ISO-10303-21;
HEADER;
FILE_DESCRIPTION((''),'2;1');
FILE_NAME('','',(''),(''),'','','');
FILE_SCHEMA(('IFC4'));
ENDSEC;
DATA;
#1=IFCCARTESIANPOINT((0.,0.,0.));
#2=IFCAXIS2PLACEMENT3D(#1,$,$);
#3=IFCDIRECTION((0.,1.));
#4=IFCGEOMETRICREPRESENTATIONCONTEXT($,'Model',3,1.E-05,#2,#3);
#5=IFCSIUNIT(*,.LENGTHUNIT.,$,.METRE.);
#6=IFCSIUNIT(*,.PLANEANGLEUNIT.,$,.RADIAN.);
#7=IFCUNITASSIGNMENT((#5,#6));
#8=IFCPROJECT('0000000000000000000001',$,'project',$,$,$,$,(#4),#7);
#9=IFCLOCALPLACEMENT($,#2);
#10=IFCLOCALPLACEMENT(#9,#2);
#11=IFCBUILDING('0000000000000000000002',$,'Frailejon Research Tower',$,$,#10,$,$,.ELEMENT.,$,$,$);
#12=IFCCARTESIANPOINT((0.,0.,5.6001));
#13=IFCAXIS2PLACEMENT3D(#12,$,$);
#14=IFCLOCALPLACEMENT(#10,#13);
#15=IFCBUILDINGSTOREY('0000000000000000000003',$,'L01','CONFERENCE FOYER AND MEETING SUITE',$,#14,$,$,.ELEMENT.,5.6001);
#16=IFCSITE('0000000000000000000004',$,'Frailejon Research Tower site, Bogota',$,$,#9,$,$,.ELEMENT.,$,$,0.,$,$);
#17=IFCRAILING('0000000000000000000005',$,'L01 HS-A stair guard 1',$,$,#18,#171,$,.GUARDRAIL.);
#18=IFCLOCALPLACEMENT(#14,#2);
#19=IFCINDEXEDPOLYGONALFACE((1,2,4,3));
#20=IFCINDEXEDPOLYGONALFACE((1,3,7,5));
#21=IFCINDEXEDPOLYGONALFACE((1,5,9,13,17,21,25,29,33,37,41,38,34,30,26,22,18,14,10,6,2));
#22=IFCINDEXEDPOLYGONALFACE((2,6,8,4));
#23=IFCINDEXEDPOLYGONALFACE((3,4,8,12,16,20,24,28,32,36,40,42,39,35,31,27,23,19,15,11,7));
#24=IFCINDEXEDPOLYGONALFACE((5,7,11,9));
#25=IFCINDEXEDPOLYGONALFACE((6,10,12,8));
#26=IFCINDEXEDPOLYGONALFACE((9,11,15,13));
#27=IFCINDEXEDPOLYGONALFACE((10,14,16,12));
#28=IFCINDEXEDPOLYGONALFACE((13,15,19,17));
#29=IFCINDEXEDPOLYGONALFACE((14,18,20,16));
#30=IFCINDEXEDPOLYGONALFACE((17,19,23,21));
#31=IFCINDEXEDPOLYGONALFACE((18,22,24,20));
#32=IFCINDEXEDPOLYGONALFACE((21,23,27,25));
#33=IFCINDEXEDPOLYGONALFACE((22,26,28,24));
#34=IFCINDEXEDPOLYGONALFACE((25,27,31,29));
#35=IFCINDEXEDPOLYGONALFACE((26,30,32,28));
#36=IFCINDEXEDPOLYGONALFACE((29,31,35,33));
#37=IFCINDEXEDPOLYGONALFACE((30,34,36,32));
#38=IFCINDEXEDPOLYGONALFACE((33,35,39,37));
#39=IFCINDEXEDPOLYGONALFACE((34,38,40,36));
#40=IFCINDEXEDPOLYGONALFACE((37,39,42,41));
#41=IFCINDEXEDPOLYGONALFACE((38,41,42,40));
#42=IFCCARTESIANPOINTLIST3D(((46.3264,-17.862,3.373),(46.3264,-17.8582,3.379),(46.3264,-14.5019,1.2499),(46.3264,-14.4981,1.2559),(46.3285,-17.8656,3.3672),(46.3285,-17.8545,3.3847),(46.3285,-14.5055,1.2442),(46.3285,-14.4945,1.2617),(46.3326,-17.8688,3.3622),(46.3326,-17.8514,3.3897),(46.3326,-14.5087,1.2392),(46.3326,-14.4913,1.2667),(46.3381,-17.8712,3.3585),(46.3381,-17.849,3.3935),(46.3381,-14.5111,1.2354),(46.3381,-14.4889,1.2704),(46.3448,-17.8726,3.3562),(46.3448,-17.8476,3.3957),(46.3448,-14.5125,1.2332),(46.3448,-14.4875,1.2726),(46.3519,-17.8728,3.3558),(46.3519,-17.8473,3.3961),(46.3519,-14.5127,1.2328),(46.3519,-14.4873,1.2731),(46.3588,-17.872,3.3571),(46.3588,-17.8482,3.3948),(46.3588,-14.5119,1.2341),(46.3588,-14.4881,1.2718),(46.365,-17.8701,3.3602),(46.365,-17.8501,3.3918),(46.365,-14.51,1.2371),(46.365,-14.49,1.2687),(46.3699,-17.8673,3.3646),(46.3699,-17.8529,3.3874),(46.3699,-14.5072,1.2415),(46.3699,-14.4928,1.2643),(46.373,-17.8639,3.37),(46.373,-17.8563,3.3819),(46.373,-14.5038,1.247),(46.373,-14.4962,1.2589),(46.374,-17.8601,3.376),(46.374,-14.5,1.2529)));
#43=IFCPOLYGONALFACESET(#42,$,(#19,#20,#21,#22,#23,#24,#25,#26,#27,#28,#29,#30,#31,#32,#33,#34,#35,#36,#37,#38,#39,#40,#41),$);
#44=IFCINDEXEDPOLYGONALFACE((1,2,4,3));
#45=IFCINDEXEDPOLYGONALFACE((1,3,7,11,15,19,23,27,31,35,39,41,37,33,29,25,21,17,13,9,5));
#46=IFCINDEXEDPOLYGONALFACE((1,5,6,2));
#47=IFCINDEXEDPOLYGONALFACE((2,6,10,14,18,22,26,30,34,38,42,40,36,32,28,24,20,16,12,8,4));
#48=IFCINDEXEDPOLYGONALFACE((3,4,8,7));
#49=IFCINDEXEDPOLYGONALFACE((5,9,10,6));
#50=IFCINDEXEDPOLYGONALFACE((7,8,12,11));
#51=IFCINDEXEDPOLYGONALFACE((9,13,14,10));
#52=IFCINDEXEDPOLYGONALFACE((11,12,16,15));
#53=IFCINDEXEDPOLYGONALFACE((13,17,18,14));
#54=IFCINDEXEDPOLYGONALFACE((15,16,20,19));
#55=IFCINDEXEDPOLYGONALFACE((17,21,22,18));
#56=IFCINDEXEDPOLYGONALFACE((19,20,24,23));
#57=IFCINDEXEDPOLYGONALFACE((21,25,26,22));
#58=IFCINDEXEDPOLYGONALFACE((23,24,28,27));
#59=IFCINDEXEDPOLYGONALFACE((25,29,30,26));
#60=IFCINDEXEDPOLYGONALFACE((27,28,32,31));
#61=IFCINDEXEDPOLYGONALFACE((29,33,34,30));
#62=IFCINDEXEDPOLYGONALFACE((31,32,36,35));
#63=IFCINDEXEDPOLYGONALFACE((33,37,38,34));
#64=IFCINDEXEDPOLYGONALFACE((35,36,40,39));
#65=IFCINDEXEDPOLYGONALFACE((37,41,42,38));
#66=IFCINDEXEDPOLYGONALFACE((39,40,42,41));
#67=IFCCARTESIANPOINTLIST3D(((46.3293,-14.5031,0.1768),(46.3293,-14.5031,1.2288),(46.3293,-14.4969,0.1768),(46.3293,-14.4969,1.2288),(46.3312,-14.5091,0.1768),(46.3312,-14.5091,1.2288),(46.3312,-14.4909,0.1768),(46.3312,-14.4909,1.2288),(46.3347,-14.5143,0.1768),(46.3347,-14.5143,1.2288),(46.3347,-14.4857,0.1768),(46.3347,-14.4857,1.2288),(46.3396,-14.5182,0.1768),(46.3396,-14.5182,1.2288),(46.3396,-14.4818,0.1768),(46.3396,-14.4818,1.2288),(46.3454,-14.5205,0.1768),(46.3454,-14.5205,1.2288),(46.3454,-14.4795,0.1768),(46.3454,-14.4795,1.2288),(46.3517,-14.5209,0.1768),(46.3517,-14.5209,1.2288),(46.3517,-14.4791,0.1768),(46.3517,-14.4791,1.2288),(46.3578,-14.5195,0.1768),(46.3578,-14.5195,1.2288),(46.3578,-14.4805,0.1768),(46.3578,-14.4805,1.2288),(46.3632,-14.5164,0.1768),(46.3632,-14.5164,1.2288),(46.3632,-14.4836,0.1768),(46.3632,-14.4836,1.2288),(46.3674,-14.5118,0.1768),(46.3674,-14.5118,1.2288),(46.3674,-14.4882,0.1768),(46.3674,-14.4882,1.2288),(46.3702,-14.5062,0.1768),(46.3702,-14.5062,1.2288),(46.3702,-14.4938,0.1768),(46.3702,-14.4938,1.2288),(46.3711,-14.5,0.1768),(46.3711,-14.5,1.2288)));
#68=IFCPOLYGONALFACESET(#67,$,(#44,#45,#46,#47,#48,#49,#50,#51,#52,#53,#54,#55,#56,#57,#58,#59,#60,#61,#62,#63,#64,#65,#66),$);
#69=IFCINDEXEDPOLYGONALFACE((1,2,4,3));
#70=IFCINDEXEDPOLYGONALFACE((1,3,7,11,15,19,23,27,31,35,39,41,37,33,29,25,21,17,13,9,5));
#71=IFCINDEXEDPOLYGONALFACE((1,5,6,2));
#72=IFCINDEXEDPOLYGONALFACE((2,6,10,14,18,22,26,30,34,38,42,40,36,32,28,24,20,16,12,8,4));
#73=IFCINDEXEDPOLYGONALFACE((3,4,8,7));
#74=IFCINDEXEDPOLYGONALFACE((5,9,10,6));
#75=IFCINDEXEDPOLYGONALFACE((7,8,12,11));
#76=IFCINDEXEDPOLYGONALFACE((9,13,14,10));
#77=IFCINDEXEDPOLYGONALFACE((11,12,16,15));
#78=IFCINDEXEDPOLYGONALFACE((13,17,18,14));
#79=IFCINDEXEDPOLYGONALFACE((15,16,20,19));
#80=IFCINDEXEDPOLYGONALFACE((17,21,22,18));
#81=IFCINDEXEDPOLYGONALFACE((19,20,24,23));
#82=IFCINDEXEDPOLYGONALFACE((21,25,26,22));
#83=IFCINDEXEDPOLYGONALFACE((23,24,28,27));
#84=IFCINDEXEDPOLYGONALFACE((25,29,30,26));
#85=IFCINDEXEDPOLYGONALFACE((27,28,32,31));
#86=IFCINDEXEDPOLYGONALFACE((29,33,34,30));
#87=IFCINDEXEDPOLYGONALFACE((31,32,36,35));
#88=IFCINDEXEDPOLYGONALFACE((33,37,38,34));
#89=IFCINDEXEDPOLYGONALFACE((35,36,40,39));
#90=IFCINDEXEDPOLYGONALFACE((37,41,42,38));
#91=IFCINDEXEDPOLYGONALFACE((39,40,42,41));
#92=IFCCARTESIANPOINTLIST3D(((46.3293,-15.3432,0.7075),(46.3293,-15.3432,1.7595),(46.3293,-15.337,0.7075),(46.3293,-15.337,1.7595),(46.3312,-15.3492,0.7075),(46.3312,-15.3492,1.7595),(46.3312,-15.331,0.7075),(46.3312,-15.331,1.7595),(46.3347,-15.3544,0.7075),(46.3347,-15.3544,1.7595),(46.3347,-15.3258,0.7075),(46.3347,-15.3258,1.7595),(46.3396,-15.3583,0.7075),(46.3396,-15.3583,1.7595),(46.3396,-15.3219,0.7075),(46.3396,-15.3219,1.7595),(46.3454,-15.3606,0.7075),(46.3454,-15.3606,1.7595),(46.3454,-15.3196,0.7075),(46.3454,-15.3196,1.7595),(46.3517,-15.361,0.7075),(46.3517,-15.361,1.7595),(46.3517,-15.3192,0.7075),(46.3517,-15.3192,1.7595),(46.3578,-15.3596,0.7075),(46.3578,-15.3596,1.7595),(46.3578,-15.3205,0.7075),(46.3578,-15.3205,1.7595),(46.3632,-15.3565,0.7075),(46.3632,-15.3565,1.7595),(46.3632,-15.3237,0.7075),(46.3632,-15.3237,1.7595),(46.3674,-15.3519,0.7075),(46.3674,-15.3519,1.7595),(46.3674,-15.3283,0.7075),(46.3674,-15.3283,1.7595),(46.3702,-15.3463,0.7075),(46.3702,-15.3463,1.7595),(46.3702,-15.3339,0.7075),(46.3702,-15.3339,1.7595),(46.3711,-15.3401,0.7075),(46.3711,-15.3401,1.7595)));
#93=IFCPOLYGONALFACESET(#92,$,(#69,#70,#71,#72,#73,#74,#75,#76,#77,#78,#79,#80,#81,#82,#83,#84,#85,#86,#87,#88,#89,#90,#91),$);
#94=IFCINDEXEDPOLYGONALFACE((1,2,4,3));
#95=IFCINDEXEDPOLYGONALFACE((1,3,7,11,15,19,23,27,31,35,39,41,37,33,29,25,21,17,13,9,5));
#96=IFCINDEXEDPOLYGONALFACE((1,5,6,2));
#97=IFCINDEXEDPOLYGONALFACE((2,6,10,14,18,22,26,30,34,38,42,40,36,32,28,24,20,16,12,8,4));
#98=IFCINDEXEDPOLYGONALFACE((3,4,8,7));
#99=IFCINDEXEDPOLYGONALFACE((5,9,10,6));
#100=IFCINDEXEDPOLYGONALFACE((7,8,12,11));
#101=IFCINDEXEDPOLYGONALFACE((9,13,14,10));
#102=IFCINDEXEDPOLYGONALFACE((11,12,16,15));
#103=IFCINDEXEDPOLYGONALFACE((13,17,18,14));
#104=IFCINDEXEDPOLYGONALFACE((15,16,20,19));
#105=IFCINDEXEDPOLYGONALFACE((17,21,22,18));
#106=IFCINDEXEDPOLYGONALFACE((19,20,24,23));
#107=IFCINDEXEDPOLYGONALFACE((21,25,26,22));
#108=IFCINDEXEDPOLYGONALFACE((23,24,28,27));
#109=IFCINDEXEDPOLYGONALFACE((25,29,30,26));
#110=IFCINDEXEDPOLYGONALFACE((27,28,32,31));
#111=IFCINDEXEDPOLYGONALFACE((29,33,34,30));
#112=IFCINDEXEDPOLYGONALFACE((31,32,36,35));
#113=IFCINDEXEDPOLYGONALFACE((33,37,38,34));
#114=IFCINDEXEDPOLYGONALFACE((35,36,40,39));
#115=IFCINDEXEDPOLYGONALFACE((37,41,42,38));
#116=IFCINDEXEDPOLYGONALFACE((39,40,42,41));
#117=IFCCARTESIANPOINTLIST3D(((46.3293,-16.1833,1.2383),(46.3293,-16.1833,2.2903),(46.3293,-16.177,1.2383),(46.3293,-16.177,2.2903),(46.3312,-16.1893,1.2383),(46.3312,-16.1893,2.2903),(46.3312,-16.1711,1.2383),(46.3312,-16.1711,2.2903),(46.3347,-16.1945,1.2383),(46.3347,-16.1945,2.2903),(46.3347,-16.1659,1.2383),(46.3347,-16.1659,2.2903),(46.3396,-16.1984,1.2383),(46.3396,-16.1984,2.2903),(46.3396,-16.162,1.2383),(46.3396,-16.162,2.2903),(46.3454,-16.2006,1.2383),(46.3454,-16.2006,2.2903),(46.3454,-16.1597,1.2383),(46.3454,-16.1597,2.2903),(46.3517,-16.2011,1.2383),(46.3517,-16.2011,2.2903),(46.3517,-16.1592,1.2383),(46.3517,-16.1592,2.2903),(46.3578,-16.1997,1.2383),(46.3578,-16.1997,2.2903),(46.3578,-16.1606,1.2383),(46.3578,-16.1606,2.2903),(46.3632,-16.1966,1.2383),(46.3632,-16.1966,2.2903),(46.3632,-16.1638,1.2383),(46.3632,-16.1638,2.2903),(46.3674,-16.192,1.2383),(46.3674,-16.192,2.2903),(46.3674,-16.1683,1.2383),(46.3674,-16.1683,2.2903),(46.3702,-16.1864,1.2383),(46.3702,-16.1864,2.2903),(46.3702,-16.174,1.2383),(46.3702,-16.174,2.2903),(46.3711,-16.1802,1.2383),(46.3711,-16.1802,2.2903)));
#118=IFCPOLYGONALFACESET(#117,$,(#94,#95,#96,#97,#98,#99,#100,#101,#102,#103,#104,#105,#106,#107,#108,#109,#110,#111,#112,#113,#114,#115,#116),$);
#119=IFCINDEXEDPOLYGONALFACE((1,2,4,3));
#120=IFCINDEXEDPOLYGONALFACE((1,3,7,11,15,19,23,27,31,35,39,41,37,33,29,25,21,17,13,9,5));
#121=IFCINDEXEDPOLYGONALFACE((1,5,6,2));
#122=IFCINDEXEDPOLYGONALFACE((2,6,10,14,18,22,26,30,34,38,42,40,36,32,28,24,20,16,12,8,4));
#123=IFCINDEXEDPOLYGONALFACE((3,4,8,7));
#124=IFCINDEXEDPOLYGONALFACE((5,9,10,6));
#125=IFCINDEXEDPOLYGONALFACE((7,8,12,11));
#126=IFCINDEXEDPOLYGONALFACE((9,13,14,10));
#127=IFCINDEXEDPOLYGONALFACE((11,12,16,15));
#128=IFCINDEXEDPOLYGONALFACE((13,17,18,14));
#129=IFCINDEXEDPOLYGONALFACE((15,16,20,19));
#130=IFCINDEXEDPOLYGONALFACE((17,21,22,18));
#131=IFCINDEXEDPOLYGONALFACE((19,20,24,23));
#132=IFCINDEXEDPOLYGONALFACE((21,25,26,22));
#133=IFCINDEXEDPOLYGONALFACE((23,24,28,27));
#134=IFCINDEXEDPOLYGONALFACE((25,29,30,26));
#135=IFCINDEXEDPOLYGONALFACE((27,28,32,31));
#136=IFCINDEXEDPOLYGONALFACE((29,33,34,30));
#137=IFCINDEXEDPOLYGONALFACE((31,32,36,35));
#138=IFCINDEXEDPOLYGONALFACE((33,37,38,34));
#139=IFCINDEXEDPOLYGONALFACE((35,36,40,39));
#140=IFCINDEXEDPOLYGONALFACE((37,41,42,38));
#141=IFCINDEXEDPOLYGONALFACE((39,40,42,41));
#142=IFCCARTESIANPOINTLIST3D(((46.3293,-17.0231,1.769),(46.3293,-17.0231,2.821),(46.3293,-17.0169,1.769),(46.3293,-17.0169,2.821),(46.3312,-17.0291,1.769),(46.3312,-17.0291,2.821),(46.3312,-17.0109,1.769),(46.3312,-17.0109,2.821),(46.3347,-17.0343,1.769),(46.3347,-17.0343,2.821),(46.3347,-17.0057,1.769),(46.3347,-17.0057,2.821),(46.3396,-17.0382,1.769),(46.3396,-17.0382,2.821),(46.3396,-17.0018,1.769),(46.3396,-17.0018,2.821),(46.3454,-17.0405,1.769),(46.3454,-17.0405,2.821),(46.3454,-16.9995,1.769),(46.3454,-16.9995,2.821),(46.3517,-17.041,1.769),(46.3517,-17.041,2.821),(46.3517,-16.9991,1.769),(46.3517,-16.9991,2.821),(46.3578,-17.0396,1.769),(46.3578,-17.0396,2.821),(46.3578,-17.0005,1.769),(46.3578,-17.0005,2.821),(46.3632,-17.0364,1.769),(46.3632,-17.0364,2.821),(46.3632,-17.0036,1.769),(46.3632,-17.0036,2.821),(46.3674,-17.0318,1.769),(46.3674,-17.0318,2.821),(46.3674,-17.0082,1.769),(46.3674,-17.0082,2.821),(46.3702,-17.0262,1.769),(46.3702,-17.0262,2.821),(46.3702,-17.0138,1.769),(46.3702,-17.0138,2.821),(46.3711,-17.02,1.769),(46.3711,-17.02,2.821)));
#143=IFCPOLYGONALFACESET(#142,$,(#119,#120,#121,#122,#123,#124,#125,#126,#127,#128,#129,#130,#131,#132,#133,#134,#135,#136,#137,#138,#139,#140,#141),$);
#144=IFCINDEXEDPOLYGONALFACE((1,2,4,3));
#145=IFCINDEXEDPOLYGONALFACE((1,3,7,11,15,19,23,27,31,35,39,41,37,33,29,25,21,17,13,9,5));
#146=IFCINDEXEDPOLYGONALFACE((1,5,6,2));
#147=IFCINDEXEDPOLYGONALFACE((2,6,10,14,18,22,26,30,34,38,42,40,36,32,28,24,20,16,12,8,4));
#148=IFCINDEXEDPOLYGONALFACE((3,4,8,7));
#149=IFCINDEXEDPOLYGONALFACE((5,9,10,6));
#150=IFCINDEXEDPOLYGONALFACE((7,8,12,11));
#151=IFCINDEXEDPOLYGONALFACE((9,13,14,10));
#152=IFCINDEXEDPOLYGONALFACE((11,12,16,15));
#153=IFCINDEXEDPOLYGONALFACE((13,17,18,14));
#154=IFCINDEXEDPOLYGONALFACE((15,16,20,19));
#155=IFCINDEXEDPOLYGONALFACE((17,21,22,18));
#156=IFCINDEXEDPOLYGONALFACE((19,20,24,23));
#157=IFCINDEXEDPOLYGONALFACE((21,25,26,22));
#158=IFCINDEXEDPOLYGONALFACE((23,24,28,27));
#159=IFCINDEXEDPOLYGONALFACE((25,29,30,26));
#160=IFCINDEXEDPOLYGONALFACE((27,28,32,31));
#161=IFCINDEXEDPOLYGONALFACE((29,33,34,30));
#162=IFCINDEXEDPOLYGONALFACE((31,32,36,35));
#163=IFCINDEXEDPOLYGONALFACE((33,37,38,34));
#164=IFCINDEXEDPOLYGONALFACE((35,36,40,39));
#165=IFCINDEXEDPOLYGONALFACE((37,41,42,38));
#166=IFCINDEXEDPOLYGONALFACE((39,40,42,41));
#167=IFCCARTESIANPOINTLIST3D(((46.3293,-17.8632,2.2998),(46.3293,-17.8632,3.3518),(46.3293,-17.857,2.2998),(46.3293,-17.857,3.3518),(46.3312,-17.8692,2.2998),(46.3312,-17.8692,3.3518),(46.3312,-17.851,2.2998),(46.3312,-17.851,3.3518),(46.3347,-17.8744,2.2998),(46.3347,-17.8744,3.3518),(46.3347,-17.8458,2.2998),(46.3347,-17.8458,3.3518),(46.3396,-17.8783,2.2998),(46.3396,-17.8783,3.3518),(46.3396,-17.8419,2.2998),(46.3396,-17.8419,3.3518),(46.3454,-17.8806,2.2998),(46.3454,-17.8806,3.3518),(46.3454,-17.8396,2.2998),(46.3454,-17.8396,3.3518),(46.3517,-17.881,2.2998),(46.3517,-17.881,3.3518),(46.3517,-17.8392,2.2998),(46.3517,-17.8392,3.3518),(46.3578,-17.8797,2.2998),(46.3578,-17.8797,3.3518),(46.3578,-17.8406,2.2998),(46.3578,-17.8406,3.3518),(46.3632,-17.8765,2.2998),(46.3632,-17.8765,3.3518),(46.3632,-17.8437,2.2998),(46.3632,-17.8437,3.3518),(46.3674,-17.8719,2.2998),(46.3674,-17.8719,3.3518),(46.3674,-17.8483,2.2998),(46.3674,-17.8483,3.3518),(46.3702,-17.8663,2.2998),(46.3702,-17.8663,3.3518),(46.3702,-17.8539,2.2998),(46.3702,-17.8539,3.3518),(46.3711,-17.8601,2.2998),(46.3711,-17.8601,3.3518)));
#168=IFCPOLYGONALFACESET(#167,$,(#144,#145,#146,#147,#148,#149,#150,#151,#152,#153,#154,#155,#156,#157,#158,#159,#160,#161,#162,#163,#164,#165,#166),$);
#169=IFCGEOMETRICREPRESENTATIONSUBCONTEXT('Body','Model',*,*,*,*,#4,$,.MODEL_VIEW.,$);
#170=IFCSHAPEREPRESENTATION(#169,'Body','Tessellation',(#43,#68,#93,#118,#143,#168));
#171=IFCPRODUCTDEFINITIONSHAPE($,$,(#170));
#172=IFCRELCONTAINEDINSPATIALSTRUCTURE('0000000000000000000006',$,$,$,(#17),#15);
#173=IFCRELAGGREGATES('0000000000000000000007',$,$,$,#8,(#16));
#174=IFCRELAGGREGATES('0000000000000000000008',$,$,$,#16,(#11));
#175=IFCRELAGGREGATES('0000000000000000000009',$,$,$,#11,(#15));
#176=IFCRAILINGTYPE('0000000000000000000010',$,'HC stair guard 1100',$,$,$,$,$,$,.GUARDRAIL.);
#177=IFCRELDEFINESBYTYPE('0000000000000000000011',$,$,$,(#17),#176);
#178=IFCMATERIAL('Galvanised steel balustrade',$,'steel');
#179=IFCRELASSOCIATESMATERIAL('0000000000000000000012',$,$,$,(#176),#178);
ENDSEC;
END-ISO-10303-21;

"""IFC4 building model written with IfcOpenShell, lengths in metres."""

from ifc_helpers import new_model, si_unit, direction, frame, origin, origin_2d, place, context, subcontext, project, spatial, circle, extrude, material, type_object, element, save


model = new_model("IFC4")

# Units and contexts
model_context = context("Model", 3, precision=1e-05, world=origin(), true_north=direction((0.0, 1.0)))
body_context = subcontext(model_context, "Body", "Model", "MODEL_VIEW")
ifc_project = project(units=[si_unit("LENGTHUNIT", "METRE"), si_unit("PLANEANGLEUNIT", "RADIAN")], contexts=[model_context])

# Site, building, storey
site_placement = place(None, origin())
site = spatial("IfcSite", under=ifc_project, at=site_placement, Name="Frailejon Research Tower site, Bogota", CompositionType="ELEMENT", RefElevation=0.0)
building_placement = place(site_placement, origin())
building = spatial("IfcBuilding", under=site, at=building_placement, Name="Frailejon Research Tower", CompositionType="ELEMENT")
storey_placement = place(building_placement, frame((0.0, 0.0, 5.6001)))
storey = spatial("IfcBuildingStorey", under=building, at=storey_placement, Name="L01", Description="CONFERENCE FOYER AND MEETING SUITE", CompositionType="ELEMENT", Elevation=5.6001)

# Railing
ifc_material_1 = material(Name="Galvanised steel balustrade", Category="steel")
railing_type_1 = type_object("IfcRailingType", Name="HC stair guard 1100", PredefinedType="GUARDRAIL", material=ifc_material_1)
railing_1_placement = place(storey_placement, frame((46.3501, -14.5, 0.1768)))
element("IfcRailing", 1, at=railing_1_placement, inside=storey, type_object=railing_type_1, Name="L01 HS-A stair guard 1", PredefinedType="GUARDRAIL", context=body_context, shape_type="SweptSolid", body=[
    extrude(circle(Radius=0.0239, at=origin_2d()), frame((0.0, 0.0, 1.0762), z_axis=(0.0, -0.84539, 0.53415), x_axis=(1.0, 0.0, 0.0)), (0.0, 0.0, 1.0), 3.9746),
    extrude(circle(Radius=0.021, at=origin_2d()), origin(), (0.0, 0.0, 1.0), 1.052),
    extrude(circle(Radius=0.021, at=origin_2d()), frame((0.0, -0.8401, 0.5308)), (0.0, 0.0, 1.0), 1.052),
    extrude(circle(Radius=0.021, at=origin_2d()), frame((0.0, -1.6802, 1.0615)), (0.0, 0.0, 1.0), 1.052),
    extrude(circle(Radius=0.021, at=origin_2d()), frame((0.0, -2.52, 1.5923)), (0.0, 0.0, 1.0), 1.052),
    extrude(circle(Radius=0.021, at=origin_2d()), frame((0.0, -3.3601, 2.123)), (0.0, 0.0, 1.0), 1.052),
])

save(model, "model.ifc")
